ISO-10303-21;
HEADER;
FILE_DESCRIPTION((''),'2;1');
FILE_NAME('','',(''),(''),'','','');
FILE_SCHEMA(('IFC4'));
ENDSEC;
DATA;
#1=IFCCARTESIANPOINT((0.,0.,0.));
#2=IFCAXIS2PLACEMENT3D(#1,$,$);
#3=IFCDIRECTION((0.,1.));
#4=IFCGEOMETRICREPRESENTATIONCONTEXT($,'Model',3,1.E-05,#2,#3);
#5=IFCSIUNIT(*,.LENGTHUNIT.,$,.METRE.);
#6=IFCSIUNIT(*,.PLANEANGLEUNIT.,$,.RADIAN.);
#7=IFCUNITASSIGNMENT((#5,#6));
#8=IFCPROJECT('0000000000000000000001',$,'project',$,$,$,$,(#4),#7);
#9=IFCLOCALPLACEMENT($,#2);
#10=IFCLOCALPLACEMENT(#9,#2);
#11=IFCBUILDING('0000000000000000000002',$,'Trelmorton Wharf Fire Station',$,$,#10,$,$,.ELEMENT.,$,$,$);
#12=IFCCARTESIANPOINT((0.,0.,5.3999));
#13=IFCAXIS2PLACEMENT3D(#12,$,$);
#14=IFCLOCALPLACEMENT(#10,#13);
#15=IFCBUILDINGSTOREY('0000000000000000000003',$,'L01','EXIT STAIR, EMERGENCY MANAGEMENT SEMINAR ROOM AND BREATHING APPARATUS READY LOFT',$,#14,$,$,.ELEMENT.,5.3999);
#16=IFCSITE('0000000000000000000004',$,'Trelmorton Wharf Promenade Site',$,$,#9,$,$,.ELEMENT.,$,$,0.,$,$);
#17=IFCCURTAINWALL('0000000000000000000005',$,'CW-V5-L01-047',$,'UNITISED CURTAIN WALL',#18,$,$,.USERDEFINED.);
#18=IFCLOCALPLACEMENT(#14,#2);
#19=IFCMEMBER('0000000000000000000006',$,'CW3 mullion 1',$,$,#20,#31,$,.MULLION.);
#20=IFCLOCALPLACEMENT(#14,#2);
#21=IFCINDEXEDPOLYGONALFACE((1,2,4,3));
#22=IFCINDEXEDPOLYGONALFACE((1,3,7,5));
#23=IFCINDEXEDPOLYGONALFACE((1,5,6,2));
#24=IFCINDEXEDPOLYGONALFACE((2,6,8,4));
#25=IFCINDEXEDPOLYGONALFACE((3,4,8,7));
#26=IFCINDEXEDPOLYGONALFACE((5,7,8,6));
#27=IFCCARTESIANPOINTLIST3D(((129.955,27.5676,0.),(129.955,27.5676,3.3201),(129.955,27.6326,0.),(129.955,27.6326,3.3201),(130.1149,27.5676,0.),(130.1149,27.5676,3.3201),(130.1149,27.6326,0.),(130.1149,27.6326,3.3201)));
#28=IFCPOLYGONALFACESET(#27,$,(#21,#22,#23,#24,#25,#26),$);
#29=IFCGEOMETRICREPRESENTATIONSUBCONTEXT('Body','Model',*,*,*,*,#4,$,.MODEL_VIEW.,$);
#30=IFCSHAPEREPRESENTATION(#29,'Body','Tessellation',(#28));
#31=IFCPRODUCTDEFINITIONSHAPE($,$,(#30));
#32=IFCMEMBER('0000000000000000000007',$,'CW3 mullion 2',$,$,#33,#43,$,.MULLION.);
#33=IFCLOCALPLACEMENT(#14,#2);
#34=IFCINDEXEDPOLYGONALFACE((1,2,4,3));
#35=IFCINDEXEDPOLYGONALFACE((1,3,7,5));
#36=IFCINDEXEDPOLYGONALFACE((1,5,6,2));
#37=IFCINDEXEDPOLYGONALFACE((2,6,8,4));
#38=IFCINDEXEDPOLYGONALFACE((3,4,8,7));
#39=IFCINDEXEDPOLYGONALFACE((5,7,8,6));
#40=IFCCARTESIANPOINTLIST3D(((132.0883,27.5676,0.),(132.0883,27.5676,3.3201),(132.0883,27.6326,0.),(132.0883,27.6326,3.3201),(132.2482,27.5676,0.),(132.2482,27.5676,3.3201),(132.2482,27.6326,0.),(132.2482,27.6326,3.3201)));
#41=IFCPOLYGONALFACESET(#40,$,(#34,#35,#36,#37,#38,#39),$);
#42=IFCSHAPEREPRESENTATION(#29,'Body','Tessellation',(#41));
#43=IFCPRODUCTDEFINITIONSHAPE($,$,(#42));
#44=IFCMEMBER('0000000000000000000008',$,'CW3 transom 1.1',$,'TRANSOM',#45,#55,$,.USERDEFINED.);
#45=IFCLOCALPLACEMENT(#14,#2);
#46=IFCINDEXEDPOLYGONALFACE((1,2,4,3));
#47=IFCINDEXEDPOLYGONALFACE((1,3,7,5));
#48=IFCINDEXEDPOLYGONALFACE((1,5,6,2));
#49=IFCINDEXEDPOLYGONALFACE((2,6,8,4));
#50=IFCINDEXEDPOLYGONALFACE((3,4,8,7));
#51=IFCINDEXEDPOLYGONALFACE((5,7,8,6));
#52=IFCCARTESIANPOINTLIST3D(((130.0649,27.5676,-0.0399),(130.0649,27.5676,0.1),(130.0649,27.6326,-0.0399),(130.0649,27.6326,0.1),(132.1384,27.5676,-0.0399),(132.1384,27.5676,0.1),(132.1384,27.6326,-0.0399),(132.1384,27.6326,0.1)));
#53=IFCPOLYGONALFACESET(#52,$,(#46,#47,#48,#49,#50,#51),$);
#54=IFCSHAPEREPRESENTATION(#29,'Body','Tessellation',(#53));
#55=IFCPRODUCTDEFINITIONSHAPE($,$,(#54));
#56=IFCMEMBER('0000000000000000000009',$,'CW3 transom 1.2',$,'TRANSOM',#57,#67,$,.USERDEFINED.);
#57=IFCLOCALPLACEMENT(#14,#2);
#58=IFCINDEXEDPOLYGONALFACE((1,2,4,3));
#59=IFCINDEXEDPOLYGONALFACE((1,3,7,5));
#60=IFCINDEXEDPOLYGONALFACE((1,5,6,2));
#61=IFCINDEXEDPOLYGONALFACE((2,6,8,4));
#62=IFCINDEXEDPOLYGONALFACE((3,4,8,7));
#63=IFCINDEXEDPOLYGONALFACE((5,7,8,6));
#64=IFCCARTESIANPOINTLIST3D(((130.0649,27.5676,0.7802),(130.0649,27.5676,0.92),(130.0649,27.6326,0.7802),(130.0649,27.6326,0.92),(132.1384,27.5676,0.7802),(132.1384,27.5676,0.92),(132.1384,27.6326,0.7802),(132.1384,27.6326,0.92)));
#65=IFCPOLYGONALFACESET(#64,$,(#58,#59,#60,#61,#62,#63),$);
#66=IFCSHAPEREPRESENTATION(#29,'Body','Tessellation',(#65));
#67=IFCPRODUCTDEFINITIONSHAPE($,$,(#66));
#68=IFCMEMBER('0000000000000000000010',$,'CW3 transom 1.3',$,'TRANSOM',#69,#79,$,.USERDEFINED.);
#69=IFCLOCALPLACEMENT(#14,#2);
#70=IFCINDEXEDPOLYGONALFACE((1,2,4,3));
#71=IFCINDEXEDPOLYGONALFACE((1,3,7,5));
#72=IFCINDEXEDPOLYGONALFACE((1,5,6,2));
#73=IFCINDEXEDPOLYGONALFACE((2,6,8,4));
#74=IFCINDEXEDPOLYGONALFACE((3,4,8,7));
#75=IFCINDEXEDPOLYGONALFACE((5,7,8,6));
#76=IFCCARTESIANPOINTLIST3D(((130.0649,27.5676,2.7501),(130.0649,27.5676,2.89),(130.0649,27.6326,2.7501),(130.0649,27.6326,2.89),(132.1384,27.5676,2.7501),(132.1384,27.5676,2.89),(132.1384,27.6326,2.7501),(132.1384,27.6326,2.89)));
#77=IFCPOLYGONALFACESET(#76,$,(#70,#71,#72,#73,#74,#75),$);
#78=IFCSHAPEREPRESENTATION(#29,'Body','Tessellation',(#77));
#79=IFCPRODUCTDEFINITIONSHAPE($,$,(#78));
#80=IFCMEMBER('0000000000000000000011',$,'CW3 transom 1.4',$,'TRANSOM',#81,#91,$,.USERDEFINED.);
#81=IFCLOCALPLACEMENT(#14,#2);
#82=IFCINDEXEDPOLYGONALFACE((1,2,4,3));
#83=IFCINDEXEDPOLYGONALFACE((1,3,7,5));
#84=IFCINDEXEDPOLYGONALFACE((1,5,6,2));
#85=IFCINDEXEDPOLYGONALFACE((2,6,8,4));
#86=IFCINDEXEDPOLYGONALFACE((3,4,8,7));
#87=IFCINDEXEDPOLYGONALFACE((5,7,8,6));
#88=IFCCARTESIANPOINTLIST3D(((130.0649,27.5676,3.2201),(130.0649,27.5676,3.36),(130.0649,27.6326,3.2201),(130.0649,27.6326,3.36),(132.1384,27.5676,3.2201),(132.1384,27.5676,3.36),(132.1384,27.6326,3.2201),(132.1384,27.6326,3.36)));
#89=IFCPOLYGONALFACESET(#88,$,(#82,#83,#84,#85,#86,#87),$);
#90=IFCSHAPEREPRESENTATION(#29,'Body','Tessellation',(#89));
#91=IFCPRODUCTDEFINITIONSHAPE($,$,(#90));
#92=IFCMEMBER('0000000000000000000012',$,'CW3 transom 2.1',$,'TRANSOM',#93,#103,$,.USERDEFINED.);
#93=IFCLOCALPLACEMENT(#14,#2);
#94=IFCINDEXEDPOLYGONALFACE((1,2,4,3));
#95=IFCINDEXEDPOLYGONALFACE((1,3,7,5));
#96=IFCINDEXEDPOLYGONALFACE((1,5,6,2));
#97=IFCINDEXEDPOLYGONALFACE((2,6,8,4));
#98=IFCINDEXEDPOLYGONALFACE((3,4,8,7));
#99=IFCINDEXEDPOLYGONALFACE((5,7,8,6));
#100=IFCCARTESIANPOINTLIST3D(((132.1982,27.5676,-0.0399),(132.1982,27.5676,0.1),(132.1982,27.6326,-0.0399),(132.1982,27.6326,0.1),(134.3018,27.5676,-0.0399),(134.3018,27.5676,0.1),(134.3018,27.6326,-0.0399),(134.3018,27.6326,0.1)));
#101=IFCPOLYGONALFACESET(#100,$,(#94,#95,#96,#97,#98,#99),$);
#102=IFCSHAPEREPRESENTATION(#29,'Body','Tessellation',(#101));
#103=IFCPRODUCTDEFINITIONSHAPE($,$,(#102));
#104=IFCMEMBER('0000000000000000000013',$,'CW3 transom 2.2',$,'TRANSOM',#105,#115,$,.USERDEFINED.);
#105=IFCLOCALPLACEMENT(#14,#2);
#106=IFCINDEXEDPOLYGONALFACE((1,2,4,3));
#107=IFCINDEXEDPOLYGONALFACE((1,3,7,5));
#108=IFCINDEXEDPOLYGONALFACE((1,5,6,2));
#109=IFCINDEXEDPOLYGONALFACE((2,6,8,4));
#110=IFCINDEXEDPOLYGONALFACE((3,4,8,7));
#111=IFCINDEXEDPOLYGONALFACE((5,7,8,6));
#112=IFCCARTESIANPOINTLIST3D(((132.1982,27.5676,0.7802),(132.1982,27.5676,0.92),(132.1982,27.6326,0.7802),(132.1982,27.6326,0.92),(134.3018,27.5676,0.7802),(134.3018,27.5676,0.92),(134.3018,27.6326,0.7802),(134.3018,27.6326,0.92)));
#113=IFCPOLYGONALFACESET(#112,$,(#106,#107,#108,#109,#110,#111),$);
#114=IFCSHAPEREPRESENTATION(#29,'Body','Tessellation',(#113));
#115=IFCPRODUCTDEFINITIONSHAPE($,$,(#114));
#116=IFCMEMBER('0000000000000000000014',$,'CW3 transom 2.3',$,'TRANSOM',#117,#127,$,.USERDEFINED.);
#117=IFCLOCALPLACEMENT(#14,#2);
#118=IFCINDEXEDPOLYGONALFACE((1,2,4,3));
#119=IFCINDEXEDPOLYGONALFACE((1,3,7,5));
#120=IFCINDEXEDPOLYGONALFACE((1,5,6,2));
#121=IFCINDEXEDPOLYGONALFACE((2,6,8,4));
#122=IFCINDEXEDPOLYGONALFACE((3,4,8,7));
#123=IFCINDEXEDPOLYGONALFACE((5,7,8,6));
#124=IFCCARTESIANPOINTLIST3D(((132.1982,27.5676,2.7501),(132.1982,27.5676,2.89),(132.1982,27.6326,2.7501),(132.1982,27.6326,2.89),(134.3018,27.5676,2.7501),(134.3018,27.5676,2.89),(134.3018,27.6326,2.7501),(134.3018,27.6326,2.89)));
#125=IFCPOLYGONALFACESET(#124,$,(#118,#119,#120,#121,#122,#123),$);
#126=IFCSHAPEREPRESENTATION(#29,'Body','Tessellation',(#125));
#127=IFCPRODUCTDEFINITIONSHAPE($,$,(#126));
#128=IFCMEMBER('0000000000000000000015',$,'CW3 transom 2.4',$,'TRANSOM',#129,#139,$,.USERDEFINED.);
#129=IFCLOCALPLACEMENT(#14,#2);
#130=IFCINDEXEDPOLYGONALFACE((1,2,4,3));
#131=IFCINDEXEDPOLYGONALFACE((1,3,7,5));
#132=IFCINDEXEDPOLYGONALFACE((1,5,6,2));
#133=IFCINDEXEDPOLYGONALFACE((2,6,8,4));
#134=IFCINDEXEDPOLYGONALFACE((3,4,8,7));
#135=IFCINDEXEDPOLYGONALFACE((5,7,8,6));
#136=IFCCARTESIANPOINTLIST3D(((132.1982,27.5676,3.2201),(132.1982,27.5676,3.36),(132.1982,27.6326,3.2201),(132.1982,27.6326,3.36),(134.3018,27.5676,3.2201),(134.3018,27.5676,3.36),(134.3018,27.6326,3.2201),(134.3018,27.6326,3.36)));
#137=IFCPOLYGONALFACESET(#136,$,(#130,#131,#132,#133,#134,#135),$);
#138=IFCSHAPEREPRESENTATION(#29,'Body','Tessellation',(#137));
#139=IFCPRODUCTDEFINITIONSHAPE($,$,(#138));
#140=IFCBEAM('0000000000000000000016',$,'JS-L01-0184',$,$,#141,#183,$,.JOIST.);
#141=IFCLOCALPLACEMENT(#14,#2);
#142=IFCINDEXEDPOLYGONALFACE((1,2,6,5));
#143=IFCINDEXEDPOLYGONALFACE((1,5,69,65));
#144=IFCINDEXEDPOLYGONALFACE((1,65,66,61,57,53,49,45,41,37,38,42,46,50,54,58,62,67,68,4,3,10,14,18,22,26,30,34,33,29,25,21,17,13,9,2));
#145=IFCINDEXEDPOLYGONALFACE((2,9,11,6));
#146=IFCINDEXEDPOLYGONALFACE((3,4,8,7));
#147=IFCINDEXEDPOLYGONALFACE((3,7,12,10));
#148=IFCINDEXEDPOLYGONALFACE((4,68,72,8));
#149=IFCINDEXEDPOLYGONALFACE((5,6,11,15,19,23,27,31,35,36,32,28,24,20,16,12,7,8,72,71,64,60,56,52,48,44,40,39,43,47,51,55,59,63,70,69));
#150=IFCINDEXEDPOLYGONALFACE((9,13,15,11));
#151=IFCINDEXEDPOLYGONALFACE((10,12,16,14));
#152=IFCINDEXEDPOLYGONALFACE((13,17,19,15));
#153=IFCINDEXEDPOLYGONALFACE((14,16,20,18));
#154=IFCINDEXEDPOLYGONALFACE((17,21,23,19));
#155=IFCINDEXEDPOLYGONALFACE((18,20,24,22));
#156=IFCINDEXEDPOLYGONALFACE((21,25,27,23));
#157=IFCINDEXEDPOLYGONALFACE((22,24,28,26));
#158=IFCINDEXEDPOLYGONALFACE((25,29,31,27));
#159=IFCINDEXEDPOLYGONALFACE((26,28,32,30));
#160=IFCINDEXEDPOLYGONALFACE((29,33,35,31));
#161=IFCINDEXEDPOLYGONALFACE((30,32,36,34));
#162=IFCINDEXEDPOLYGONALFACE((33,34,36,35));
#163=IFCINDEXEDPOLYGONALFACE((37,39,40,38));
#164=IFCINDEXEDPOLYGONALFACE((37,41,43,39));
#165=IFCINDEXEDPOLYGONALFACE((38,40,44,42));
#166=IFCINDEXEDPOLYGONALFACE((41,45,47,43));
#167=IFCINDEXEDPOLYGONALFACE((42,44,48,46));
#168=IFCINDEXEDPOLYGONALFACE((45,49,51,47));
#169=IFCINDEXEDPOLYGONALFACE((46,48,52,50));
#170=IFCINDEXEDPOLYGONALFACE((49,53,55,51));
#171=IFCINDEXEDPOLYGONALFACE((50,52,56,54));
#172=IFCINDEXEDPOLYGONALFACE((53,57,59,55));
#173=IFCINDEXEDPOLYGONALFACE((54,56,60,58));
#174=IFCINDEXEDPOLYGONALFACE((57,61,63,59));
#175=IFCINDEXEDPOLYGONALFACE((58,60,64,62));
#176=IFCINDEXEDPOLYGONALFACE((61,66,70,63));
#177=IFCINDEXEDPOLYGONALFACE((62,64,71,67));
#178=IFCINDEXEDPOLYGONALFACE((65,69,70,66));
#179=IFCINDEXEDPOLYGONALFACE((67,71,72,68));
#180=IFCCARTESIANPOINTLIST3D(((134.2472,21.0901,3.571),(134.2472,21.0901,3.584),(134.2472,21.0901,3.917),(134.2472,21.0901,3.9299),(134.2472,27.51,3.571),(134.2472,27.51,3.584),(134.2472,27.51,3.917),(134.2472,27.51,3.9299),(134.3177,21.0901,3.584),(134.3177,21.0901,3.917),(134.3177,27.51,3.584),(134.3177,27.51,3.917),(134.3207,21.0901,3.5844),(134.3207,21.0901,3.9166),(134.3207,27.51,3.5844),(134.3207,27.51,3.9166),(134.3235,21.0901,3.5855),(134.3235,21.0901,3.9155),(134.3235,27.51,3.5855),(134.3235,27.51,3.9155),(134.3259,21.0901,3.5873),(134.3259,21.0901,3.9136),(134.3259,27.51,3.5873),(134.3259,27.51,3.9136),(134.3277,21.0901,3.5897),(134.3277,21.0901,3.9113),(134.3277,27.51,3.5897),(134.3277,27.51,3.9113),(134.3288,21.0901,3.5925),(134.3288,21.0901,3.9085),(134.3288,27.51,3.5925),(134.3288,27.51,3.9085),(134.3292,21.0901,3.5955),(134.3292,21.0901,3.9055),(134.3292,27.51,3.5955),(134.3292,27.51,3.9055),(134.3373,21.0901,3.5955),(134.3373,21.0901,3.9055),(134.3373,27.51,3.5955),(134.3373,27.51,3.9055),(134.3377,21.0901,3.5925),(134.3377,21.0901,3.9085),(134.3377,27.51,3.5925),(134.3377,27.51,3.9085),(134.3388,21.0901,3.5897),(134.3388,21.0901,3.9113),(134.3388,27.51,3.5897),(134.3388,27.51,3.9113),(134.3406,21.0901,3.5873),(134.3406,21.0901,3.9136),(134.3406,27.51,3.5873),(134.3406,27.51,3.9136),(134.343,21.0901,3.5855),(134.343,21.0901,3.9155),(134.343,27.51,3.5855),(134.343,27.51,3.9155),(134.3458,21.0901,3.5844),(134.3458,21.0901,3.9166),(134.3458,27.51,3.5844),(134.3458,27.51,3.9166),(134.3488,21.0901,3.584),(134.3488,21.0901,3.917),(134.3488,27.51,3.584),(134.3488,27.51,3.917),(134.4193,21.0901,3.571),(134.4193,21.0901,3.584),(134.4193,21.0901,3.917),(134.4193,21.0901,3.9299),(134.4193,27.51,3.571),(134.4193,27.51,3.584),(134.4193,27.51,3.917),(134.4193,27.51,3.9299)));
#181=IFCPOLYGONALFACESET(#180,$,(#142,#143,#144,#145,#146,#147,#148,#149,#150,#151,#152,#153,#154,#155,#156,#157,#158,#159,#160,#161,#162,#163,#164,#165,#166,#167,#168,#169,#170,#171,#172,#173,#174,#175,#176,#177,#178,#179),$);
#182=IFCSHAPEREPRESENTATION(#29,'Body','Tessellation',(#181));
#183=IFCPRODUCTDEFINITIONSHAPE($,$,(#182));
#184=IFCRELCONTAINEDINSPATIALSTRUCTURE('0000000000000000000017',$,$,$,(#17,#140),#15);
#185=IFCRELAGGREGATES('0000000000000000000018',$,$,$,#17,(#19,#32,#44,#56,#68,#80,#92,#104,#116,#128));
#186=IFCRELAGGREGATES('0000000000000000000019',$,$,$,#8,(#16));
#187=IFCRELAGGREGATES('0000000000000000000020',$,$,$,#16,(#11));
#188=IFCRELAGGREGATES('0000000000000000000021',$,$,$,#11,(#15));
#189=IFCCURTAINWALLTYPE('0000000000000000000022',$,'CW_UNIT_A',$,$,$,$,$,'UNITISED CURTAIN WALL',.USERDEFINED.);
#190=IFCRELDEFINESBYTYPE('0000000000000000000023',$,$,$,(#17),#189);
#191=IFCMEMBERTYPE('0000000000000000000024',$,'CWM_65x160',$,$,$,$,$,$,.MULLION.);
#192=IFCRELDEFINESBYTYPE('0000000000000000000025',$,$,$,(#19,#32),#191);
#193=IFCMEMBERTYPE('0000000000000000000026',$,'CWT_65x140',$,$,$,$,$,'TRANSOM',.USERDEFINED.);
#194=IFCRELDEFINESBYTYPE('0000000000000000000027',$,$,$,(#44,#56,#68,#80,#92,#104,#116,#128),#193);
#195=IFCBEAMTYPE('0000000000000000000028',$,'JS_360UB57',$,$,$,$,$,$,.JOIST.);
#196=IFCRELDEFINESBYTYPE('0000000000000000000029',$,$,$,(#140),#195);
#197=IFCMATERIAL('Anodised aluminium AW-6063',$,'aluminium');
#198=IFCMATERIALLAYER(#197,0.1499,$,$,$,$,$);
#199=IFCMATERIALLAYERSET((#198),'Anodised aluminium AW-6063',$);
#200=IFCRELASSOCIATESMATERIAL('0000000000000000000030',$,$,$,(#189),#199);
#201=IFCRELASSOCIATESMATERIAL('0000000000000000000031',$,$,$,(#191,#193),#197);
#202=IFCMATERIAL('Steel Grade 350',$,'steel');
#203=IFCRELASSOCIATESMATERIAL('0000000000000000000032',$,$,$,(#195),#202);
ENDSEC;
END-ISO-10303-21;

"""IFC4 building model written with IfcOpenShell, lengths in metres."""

from ifc_helpers import new_model, si_unit, direction, frame, origin, origin_2d, place, context, subcontext, project, spatial, rectangle, i_section, extrude, material, layer, layer_set, material_profile, profile_set, type_object, element, aggregate, save


model = new_model("IFC4")

# Units and contexts
model_context = context("Model", 3, precision=1e-05, world=origin(), true_north=direction((0.0, 1.0)))
body_context = subcontext(model_context, "Body", "Model", "MODEL_VIEW")
ifc_project = project(units=[si_unit("LENGTHUNIT", "METRE"), si_unit("PLANEANGLEUNIT", "RADIAN")], contexts=[model_context])

# Site, building, storey
site_placement = place(None, origin())
site = spatial("IfcSite", under=ifc_project, at=site_placement, Name="Trelmorton Wharf Promenade Site", CompositionType="ELEMENT", RefElevation=0.0)
building_placement = place(site_placement, origin())
building = spatial("IfcBuilding", under=site, at=building_placement, Name="Trelmorton Wharf Fire Station", CompositionType="ELEMENT")
storey_placement = place(building_placement, frame((0.0, 0.0, 5.3999)))
storey = spatial("IfcBuildingStorey", under=building, at=storey_placement, Name="L01", Description="EXIT STAIR, EMERGENCY MANAGEMENT SEMINAR ROOM AND BREATHING APPARATUS READY LOFT", CompositionType="ELEMENT", Elevation=5.3999)

# Shared definitions
ifc_material_1 = material(Name="Steel Grade 350", Category="steel")

# Curtain wall, members
ifc_material_2 = material(Name="Anodised aluminium AW-6063", Category="aluminium")
ifc_layer_1 = layer(ifc_material_2, 0.1499)
ifc_layer_set_1 = layer_set([ifc_layer_1], Name="Anodised aluminium AW-6063")
curtain_wall_type = type_object("IfcCurtainWallType", Name="CW_UNIT_A", ElementType="UNITISED CURTAIN WALL", PredefinedType="USERDEFINED", material=ifc_layer_set_1)
curtain_wall_placement = place(storey_placement, origin())
curtain_wall = element("IfcCurtainWall", 1, at=curtain_wall_placement, inside=storey, type_object=curtain_wall_type, Name="CW-V5-L01-047", ObjectType="UNITISED CURTAIN WALL", PredefinedType="USERDEFINED")
ifc_material_profile_1 = material_profile(ifc_material_2, rectangle(XDim=0.0649, YDim=0.1599, at=origin_2d()), Name="ALU-65x160")
ifc_profile_set_1 = profile_set([ifc_material_profile_1], Name="Anodised aluminium AW-6063")
member_type_1 = type_object("IfcMemberType", Name="CWM_65x160", PredefinedType="MULLION", material=ifc_profile_set_1)
member_1_placement = place(storey_placement, frame((130.0349, 27.6001, 0.0), z_axis=(0.0, 0.0, 1.0), x_axis=(0.0, 1.0, 0.0)))
member_1 = element("IfcMember", 2, at=member_1_placement, type_object=member_type_1, Name="CW3 mullion 1", PredefinedType="MULLION", context=body_context, shape_type="SweptSolid", body=[
    extrude(rectangle(XDim=0.0649, YDim=0.1599, at=origin_2d()), origin(), (0.0, 0.0, 1.0), 3.3201),
])
member_2_placement = place(storey_placement, frame((132.1682, 27.6001, 0.0), z_axis=(0.0, 0.0, 1.0), x_axis=(0.0, 1.0, 0.0)))
member_2 = element("IfcMember", 3, at=member_2_placement, type_object=member_type_1, Name="CW3 mullion 2", PredefinedType="MULLION", context=body_context, shape_type="SweptSolid", body=[
    extrude(rectangle(XDim=0.0649, YDim=0.1599, at=origin_2d()), origin(), (0.0, 0.0, 1.0), 3.3201),
])
ifc_material_profile_2 = material_profile(ifc_material_2, rectangle(XDim=0.0649, YDim=0.1399, at=origin_2d()), Name="ALU-65x140")
ifc_profile_set_2 = profile_set([ifc_material_profile_2], Name="Anodised aluminium AW-6063")
member_type_2 = type_object("IfcMemberType", Name="CWT_65x140", ElementType="TRANSOM", PredefinedType="USERDEFINED", material=ifc_profile_set_2)
member_3_placement = place(storey_placement, frame((130.0649, 27.6001, 0.03), z_axis=(1.0, 0.0, 0.0), x_axis=(0.0, 1.0, 0.0)))
member_3 = element("IfcMember", 4, at=member_3_placement, type_object=member_type_2, Name="CW3 transom 1.1", ObjectType="TRANSOM", PredefinedType="USERDEFINED", context=body_context, shape_type="SweptSolid", body=[
    extrude(rectangle(XDim=0.0649, YDim=0.1399, at=origin_2d()), origin(), (0.0, 0.0, 1.0), 2.0735),
])
member_4_placement = place(storey_placement, frame((130.0649, 27.6001, 0.8501), z_axis=(1.0, 0.0, 0.0), x_axis=(0.0, 1.0, 0.0)))
member_4 = element("IfcMember", 5, at=member_4_placement, type_object=member_type_2, Name="CW3 transom 1.2", ObjectType="TRANSOM", PredefinedType="USERDEFINED", context=body_context, shape_type="SweptSolid", body=[
    extrude(rectangle(XDim=0.0649, YDim=0.1399, at=origin_2d()), origin(), (0.0, 0.0, 1.0), 2.0735),
])
member_5_placement = place(storey_placement, frame((130.0649, 27.6001, 2.8201), z_axis=(1.0, 0.0, 0.0), x_axis=(0.0, 1.0, 0.0)))
member_5 = element("IfcMember", 6, at=member_5_placement, type_object=member_type_2, Name="CW3 transom 1.3", ObjectType="TRANSOM", PredefinedType="USERDEFINED", context=body_context, shape_type="SweptSolid", body=[
    extrude(rectangle(XDim=0.0649, YDim=0.1399, at=origin_2d()), origin(), (0.0, 0.0, 1.0), 2.0735),
])
member_6_placement = place(storey_placement, frame((130.0649, 27.6001, 3.29), z_axis=(1.0, 0.0, 0.0), x_axis=(0.0, 1.0, 0.0)))
member_6 = element("IfcMember", 7, at=member_6_placement, type_object=member_type_2, Name="CW3 transom 1.4", ObjectType="TRANSOM", PredefinedType="USERDEFINED", context=body_context, shape_type="SweptSolid", body=[
    extrude(rectangle(XDim=0.0649, YDim=0.1399, at=origin_2d()), origin(), (0.0, 0.0, 1.0), 2.0735),
])
member_7_placement = place(storey_placement, frame((132.1982, 27.6001, 0.03), z_axis=(1.0, 0.0, 0.0), x_axis=(0.0, 1.0, 0.0)))
member_7 = element("IfcMember", 8, at=member_7_placement, type_object=member_type_2, Name="CW3 transom 2.1", ObjectType="TRANSOM", PredefinedType="USERDEFINED", context=body_context, shape_type="SweptSolid", body=[
    extrude(rectangle(XDim=0.0649, YDim=0.1399, at=origin_2d()), origin(), (0.0, 0.0, 1.0), 2.1035),
])
member_8_placement = place(storey_placement, frame((132.1982, 27.6001, 0.8501), z_axis=(1.0, 0.0, 0.0), x_axis=(0.0, 1.0, 0.0)))
member_8 = element("IfcMember", 9, at=member_8_placement, type_object=member_type_2, Name="CW3 transom 2.2", ObjectType="TRANSOM", PredefinedType="USERDEFINED", context=body_context, shape_type="SweptSolid", body=[
    extrude(rectangle(XDim=0.0649, YDim=0.1399, at=origin_2d()), origin(), (0.0, 0.0, 1.0), 2.1035),
])
member_9_placement = place(storey_placement, frame((132.1982, 27.6001, 2.8201), z_axis=(1.0, 0.0, 0.0), x_axis=(0.0, 1.0, 0.0)))
member_9 = element("IfcMember", 10, at=member_9_placement, type_object=member_type_2, Name="CW3 transom 2.3", ObjectType="TRANSOM", PredefinedType="USERDEFINED", context=body_context, shape_type="SweptSolid", body=[
    extrude(rectangle(XDim=0.0649, YDim=0.1399, at=origin_2d()), origin(), (0.0, 0.0, 1.0), 2.1035),
])
member_10_placement = place(storey_placement, frame((132.1982, 27.6001, 3.29), z_axis=(1.0, 0.0, 0.0), x_axis=(0.0, 1.0, 0.0)))
member_10 = element("IfcMember", 11, at=member_10_placement, type_object=member_type_2, Name="CW3 transom 2.4", ObjectType="TRANSOM", PredefinedType="USERDEFINED", context=body_context, shape_type="SweptSolid", body=[
    extrude(rectangle(XDim=0.0649, YDim=0.1399, at=origin_2d()), origin(), (0.0, 0.0, 1.0), 2.1035),
])

# Beam
ifc_material_profile_3 = material_profile(ifc_material_1, i_section(OverallWidth=0.1721, OverallDepth=0.3589, WebThickness=0.0081, FlangeThickness=0.0129, FilletRadius=0.0115, at=origin_2d()), Name="360UB56.7")
ifc_profile_set_3 = profile_set([ifc_material_profile_3], Name="Steel Grade 350")
beam_type_1 = type_object("IfcBeamType", Name="JS_360UB57", PredefinedType="JOIST", material=ifc_profile_set_3)
beam_placement = place(storey_placement, frame((134.3333, 21.0901, 3.7505), z_axis=(0.0, 1.0, 0.0), x_axis=(-1.0, 0.0, 0.0)))
element("IfcBeam", 12, at=beam_placement, inside=storey, type_object=beam_type_1, Name="JS-L01-0184", PredefinedType="JOIST", context=body_context, shape_type="SweptSolid", body=[
    extrude(i_section(OverallWidth=0.1721, OverallDepth=0.3589, WebThickness=0.0081, FlangeThickness=0.0129, FilletRadius=0.0115, at=origin_2d()), origin(), (0.0, 0.0, 1.0), 6.4199),
])

aggregate(curtain_wall, [member_1, member_2, member_3, member_4, member_5, member_6, member_7, member_8, member_9, member_10])

save(model, "model.ifc")
